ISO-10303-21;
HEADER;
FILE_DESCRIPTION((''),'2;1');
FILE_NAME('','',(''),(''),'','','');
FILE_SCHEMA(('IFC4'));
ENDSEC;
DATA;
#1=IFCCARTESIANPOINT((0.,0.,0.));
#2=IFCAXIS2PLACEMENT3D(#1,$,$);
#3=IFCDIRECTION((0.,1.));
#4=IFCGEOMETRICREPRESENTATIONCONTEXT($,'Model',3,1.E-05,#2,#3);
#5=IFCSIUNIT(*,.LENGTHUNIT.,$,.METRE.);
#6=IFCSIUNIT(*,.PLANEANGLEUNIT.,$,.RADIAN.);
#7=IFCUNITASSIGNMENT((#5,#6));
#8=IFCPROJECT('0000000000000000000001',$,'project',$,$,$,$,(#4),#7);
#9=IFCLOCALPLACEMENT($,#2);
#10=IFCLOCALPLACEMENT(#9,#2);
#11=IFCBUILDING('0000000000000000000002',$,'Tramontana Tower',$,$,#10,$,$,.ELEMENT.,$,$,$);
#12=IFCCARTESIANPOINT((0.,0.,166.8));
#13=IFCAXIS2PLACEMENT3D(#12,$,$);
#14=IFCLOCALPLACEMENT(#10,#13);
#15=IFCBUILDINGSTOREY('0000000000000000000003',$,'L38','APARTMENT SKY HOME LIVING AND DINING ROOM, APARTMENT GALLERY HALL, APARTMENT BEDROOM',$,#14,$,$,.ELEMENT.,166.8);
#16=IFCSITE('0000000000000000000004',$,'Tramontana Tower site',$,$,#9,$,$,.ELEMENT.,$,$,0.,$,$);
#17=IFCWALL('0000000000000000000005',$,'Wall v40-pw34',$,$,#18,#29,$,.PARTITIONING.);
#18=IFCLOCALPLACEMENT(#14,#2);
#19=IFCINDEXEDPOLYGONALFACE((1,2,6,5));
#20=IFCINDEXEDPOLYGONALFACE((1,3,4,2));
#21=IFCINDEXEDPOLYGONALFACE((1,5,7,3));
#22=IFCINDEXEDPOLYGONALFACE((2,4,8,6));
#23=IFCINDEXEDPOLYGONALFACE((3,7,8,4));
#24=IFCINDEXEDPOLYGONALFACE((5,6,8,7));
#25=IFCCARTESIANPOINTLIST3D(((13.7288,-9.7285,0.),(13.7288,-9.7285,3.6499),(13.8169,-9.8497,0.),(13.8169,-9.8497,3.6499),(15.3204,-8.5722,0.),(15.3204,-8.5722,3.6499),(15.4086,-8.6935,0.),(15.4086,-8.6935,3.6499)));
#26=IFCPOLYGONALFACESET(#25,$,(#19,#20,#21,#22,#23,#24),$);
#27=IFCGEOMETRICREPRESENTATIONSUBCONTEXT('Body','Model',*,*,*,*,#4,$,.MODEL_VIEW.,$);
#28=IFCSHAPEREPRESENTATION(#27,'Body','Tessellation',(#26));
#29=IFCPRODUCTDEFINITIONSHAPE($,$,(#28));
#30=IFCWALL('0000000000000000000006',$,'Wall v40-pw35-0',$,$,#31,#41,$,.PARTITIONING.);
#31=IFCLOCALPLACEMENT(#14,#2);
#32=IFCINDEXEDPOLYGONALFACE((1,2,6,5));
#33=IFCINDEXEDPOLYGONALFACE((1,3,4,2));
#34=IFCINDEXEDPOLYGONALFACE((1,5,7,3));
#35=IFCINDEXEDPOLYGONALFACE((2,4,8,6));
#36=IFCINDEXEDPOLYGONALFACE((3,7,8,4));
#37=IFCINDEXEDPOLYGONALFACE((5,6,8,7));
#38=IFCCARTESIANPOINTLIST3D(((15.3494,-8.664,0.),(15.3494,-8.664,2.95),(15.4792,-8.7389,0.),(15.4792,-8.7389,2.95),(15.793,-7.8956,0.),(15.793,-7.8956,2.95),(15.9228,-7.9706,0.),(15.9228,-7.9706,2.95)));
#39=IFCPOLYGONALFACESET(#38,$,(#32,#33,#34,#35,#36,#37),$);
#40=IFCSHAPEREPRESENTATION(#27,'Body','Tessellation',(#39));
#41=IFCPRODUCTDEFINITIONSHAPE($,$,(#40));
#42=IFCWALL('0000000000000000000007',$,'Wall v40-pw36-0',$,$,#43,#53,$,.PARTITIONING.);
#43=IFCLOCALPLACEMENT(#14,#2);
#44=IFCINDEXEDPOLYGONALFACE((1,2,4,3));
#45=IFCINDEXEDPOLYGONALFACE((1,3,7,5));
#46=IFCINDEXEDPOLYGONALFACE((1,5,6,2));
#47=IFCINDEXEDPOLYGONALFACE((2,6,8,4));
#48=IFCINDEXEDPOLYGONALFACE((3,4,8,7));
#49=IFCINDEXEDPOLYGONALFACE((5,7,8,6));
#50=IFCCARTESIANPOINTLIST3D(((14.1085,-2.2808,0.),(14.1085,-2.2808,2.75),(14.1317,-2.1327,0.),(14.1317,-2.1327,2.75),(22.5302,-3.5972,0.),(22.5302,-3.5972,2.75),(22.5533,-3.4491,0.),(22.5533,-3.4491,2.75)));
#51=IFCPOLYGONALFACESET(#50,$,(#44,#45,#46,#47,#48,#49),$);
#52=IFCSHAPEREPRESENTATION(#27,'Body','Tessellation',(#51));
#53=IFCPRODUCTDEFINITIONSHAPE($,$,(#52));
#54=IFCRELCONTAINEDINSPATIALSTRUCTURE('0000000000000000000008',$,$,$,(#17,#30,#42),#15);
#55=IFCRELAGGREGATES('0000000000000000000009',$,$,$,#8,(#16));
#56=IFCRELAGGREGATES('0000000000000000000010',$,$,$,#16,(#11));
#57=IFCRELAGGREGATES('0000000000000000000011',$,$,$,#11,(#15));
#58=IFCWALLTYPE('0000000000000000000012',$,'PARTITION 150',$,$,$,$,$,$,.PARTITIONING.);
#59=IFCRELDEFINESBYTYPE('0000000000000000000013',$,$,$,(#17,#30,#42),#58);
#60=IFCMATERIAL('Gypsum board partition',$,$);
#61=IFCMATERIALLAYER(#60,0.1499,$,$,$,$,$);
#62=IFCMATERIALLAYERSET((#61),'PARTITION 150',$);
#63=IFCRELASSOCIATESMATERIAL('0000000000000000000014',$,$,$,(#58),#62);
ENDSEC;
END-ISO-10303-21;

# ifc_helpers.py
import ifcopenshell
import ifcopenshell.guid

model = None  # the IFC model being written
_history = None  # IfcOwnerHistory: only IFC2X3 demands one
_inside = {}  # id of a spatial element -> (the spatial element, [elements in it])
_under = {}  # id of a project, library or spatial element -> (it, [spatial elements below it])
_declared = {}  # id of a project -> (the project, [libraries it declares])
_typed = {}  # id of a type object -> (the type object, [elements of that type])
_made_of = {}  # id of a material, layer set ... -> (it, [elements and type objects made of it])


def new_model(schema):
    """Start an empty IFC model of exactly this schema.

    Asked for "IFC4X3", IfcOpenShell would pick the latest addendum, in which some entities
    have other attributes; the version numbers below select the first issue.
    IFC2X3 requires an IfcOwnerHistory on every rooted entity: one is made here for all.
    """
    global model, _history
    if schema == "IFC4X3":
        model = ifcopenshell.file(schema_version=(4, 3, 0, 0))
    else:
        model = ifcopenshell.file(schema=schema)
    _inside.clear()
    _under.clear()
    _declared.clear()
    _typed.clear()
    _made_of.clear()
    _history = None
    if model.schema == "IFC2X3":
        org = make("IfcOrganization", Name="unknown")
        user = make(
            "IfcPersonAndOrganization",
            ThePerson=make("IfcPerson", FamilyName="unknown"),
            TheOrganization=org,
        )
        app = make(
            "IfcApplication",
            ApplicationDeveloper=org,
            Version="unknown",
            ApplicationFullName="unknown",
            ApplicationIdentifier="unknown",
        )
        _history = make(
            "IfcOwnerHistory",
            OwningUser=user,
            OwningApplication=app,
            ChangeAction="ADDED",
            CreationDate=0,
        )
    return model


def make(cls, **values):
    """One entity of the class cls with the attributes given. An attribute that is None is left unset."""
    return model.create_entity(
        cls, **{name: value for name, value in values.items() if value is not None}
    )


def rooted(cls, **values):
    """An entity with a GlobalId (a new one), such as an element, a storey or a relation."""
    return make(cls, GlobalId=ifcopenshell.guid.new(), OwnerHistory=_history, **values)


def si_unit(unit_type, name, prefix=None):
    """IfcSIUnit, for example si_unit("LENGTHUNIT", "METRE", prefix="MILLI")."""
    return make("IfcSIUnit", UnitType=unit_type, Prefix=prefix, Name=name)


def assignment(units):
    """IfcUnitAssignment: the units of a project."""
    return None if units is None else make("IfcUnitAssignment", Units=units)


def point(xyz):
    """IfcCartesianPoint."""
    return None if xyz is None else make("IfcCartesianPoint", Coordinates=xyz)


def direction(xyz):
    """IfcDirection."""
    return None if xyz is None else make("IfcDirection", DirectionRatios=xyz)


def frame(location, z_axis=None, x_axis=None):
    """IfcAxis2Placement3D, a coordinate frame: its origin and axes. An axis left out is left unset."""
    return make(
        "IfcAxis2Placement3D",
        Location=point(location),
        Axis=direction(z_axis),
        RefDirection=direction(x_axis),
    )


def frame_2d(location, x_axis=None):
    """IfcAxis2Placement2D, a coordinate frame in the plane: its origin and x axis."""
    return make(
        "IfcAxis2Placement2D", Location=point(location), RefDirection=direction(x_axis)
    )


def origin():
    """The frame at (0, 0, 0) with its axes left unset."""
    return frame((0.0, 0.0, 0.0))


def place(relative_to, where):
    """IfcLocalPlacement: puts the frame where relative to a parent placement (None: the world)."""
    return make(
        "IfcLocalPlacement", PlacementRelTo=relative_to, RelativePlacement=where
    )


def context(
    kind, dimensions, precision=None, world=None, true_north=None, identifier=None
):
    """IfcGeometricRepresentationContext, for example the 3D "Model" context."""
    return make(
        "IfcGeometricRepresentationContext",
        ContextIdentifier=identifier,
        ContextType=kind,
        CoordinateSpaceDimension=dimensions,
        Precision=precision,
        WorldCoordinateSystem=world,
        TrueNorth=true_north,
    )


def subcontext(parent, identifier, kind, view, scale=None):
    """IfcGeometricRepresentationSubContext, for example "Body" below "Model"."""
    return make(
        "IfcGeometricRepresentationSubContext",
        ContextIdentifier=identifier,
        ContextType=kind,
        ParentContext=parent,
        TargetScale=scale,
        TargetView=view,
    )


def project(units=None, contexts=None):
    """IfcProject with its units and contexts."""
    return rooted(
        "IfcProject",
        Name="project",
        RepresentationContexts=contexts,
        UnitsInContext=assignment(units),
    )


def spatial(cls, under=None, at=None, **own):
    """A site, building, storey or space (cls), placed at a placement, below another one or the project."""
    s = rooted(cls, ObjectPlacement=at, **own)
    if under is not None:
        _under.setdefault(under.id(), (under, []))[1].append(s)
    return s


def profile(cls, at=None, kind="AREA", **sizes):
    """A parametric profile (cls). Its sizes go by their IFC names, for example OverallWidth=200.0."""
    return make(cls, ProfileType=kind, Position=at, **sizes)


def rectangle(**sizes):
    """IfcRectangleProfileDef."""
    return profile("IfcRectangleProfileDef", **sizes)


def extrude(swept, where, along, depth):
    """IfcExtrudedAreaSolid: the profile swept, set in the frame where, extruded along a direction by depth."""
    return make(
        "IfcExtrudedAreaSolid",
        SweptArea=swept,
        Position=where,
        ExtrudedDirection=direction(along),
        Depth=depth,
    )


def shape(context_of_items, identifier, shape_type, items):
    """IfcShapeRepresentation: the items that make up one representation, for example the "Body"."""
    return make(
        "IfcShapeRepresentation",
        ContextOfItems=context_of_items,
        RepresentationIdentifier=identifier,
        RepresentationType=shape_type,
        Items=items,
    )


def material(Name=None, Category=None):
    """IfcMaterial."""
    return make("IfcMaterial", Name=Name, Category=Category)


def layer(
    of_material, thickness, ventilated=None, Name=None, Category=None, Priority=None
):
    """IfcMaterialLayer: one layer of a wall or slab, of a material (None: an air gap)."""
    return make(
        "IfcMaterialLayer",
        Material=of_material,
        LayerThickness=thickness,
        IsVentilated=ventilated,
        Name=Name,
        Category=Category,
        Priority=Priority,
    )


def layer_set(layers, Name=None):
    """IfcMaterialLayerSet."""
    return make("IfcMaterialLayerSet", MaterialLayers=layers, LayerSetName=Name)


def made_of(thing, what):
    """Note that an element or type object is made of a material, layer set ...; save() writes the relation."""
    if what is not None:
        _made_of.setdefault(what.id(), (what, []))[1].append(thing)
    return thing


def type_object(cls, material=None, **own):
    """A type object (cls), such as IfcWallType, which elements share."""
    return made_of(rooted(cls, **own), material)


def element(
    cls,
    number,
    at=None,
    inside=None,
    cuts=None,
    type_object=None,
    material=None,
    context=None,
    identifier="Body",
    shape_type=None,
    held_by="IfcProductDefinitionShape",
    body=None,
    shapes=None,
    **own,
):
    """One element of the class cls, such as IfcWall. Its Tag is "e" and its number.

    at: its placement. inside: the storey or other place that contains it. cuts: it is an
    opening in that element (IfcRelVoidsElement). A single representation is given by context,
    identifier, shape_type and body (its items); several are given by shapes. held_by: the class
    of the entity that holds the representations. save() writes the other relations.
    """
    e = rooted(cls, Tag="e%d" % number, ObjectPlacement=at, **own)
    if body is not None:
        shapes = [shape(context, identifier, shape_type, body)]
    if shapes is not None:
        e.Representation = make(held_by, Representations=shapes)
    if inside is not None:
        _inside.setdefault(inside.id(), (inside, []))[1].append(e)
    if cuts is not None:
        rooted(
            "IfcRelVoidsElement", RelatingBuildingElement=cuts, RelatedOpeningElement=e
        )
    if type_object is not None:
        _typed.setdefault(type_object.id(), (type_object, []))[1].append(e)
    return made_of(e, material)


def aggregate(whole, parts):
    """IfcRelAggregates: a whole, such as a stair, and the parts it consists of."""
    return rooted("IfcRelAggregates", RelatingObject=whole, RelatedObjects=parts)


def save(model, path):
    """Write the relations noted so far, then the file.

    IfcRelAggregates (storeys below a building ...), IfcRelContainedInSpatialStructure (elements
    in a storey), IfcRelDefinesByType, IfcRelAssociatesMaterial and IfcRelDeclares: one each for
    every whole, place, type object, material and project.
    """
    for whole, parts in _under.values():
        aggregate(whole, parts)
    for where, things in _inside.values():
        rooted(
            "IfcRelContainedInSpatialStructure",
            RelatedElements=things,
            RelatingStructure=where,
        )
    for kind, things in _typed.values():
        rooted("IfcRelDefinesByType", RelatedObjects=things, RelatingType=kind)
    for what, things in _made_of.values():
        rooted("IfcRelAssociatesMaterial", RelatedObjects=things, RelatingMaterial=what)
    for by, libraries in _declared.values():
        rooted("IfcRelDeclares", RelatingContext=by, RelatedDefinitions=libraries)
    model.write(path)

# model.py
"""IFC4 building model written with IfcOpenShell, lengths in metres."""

from ifc_helpers import new_model, si_unit, direction, frame, frame_2d, origin, place, context, subcontext, project, spatial, rectangle, extrude, material, layer, layer_set, type_object, element, save


model = new_model("IFC4")

# Units and contexts
model_context = context("Model", 3, precision=1e-05, world=origin(), true_north=direction((0.0, 1.0)))
body_context = subcontext(model_context, "Body", "Model", "MODEL_VIEW")
ifc_project = project(units=[si_unit("LENGTHUNIT", "METRE"), si_unit("PLANEANGLEUNIT", "RADIAN")], contexts=[model_context])

# Site, building, storey
site_placement = place(None, origin())
site = spatial("IfcSite", under=ifc_project, at=site_placement, Name="Tramontana Tower site", CompositionType="ELEMENT", RefElevation=0.0)
building_placement = place(site_placement, origin())
building = spatial("IfcBuilding", under=site, at=building_placement, Name="Tramontana Tower", CompositionType="ELEMENT")
storey_placement = place(building_placement, frame((0.0, 0.0, 166.8)))
storey = spatial("IfcBuildingStorey", under=building, at=storey_placement, Name="L38", Description="APARTMENT SKY HOME LIVING AND DINING ROOM, APARTMENT GALLERY HALL, APARTMENT BEDROOM", CompositionType="ELEMENT", Elevation=166.8)

# Shared definitions
ifc_material_1 = material(Name="Gypsum board partition")
ifc_layer_1 = layer(ifc_material_1, 0.1499)
ifc_layer_set_1 = layer_set([ifc_layer_1], Name="PARTITION 150")
wall_type_1 = type_object("IfcWallType", Name="PARTITION 150", PredefinedType="PARTITIONING", material=ifc_layer_set_1)

# Walls
wall_1_placement = place(storey_placement, frame((15.3645, -8.6328, 0.0), z_axis=(0.0, 0.0, 1.0), x_axis=(-0.809037, -0.587758, 0.0)))
element("IfcWall", 1, at=wall_1_placement, inside=storey, type_object=wall_type_1, Name="Wall v40-pw34", PredefinedType="PARTITIONING", context=body_context, shape_type="SweptSolid", body=[
    extrude(rectangle(XDim=1.9673, YDim=0.1499, at=frame_2d((0.9836, 0.0))), origin(), (0.0, 0.0, 1.0), 3.6499),
])
wall_2_placement = place(storey_placement, frame((15.8579, -7.9331, 0.0), z_axis=(0.0, 0.0, 1.0), x_axis=(-0.500016, -0.866016, 0.0)))
element("IfcWall", 2, at=wall_2_placement, inside=storey, type_object=wall_type_1, Name="Wall v40-pw35-0", PredefinedType="PARTITIONING", context=body_context, shape_type="SweptSolid", body=[
    extrude(rectangle(XDim=0.8872, YDim=0.1499, at=frame_2d((0.4436, 0.0))), origin(), (0.0, 0.0, 1.0), 2.95),
])
wall_3_placement = place(storey_placement, frame((22.5417, -3.5232, 0.0), z_axis=(0.0, 0.0, 1.0), x_axis=(-0.988003, 0.154437, 0.0)))
element("IfcWall", 3, at=wall_3_placement, inside=storey, type_object=wall_type_1, Name="Wall v40-pw36-0", PredefinedType="PARTITIONING", context=body_context, shape_type="SweptSolid", body=[
    extrude(rectangle(XDim=8.5239, YDim=0.1499, at=frame_2d((4.262, 0.0))), origin(), (0.0, 0.0, 1.0), 2.75),
])

save(model, "model.ifc")
